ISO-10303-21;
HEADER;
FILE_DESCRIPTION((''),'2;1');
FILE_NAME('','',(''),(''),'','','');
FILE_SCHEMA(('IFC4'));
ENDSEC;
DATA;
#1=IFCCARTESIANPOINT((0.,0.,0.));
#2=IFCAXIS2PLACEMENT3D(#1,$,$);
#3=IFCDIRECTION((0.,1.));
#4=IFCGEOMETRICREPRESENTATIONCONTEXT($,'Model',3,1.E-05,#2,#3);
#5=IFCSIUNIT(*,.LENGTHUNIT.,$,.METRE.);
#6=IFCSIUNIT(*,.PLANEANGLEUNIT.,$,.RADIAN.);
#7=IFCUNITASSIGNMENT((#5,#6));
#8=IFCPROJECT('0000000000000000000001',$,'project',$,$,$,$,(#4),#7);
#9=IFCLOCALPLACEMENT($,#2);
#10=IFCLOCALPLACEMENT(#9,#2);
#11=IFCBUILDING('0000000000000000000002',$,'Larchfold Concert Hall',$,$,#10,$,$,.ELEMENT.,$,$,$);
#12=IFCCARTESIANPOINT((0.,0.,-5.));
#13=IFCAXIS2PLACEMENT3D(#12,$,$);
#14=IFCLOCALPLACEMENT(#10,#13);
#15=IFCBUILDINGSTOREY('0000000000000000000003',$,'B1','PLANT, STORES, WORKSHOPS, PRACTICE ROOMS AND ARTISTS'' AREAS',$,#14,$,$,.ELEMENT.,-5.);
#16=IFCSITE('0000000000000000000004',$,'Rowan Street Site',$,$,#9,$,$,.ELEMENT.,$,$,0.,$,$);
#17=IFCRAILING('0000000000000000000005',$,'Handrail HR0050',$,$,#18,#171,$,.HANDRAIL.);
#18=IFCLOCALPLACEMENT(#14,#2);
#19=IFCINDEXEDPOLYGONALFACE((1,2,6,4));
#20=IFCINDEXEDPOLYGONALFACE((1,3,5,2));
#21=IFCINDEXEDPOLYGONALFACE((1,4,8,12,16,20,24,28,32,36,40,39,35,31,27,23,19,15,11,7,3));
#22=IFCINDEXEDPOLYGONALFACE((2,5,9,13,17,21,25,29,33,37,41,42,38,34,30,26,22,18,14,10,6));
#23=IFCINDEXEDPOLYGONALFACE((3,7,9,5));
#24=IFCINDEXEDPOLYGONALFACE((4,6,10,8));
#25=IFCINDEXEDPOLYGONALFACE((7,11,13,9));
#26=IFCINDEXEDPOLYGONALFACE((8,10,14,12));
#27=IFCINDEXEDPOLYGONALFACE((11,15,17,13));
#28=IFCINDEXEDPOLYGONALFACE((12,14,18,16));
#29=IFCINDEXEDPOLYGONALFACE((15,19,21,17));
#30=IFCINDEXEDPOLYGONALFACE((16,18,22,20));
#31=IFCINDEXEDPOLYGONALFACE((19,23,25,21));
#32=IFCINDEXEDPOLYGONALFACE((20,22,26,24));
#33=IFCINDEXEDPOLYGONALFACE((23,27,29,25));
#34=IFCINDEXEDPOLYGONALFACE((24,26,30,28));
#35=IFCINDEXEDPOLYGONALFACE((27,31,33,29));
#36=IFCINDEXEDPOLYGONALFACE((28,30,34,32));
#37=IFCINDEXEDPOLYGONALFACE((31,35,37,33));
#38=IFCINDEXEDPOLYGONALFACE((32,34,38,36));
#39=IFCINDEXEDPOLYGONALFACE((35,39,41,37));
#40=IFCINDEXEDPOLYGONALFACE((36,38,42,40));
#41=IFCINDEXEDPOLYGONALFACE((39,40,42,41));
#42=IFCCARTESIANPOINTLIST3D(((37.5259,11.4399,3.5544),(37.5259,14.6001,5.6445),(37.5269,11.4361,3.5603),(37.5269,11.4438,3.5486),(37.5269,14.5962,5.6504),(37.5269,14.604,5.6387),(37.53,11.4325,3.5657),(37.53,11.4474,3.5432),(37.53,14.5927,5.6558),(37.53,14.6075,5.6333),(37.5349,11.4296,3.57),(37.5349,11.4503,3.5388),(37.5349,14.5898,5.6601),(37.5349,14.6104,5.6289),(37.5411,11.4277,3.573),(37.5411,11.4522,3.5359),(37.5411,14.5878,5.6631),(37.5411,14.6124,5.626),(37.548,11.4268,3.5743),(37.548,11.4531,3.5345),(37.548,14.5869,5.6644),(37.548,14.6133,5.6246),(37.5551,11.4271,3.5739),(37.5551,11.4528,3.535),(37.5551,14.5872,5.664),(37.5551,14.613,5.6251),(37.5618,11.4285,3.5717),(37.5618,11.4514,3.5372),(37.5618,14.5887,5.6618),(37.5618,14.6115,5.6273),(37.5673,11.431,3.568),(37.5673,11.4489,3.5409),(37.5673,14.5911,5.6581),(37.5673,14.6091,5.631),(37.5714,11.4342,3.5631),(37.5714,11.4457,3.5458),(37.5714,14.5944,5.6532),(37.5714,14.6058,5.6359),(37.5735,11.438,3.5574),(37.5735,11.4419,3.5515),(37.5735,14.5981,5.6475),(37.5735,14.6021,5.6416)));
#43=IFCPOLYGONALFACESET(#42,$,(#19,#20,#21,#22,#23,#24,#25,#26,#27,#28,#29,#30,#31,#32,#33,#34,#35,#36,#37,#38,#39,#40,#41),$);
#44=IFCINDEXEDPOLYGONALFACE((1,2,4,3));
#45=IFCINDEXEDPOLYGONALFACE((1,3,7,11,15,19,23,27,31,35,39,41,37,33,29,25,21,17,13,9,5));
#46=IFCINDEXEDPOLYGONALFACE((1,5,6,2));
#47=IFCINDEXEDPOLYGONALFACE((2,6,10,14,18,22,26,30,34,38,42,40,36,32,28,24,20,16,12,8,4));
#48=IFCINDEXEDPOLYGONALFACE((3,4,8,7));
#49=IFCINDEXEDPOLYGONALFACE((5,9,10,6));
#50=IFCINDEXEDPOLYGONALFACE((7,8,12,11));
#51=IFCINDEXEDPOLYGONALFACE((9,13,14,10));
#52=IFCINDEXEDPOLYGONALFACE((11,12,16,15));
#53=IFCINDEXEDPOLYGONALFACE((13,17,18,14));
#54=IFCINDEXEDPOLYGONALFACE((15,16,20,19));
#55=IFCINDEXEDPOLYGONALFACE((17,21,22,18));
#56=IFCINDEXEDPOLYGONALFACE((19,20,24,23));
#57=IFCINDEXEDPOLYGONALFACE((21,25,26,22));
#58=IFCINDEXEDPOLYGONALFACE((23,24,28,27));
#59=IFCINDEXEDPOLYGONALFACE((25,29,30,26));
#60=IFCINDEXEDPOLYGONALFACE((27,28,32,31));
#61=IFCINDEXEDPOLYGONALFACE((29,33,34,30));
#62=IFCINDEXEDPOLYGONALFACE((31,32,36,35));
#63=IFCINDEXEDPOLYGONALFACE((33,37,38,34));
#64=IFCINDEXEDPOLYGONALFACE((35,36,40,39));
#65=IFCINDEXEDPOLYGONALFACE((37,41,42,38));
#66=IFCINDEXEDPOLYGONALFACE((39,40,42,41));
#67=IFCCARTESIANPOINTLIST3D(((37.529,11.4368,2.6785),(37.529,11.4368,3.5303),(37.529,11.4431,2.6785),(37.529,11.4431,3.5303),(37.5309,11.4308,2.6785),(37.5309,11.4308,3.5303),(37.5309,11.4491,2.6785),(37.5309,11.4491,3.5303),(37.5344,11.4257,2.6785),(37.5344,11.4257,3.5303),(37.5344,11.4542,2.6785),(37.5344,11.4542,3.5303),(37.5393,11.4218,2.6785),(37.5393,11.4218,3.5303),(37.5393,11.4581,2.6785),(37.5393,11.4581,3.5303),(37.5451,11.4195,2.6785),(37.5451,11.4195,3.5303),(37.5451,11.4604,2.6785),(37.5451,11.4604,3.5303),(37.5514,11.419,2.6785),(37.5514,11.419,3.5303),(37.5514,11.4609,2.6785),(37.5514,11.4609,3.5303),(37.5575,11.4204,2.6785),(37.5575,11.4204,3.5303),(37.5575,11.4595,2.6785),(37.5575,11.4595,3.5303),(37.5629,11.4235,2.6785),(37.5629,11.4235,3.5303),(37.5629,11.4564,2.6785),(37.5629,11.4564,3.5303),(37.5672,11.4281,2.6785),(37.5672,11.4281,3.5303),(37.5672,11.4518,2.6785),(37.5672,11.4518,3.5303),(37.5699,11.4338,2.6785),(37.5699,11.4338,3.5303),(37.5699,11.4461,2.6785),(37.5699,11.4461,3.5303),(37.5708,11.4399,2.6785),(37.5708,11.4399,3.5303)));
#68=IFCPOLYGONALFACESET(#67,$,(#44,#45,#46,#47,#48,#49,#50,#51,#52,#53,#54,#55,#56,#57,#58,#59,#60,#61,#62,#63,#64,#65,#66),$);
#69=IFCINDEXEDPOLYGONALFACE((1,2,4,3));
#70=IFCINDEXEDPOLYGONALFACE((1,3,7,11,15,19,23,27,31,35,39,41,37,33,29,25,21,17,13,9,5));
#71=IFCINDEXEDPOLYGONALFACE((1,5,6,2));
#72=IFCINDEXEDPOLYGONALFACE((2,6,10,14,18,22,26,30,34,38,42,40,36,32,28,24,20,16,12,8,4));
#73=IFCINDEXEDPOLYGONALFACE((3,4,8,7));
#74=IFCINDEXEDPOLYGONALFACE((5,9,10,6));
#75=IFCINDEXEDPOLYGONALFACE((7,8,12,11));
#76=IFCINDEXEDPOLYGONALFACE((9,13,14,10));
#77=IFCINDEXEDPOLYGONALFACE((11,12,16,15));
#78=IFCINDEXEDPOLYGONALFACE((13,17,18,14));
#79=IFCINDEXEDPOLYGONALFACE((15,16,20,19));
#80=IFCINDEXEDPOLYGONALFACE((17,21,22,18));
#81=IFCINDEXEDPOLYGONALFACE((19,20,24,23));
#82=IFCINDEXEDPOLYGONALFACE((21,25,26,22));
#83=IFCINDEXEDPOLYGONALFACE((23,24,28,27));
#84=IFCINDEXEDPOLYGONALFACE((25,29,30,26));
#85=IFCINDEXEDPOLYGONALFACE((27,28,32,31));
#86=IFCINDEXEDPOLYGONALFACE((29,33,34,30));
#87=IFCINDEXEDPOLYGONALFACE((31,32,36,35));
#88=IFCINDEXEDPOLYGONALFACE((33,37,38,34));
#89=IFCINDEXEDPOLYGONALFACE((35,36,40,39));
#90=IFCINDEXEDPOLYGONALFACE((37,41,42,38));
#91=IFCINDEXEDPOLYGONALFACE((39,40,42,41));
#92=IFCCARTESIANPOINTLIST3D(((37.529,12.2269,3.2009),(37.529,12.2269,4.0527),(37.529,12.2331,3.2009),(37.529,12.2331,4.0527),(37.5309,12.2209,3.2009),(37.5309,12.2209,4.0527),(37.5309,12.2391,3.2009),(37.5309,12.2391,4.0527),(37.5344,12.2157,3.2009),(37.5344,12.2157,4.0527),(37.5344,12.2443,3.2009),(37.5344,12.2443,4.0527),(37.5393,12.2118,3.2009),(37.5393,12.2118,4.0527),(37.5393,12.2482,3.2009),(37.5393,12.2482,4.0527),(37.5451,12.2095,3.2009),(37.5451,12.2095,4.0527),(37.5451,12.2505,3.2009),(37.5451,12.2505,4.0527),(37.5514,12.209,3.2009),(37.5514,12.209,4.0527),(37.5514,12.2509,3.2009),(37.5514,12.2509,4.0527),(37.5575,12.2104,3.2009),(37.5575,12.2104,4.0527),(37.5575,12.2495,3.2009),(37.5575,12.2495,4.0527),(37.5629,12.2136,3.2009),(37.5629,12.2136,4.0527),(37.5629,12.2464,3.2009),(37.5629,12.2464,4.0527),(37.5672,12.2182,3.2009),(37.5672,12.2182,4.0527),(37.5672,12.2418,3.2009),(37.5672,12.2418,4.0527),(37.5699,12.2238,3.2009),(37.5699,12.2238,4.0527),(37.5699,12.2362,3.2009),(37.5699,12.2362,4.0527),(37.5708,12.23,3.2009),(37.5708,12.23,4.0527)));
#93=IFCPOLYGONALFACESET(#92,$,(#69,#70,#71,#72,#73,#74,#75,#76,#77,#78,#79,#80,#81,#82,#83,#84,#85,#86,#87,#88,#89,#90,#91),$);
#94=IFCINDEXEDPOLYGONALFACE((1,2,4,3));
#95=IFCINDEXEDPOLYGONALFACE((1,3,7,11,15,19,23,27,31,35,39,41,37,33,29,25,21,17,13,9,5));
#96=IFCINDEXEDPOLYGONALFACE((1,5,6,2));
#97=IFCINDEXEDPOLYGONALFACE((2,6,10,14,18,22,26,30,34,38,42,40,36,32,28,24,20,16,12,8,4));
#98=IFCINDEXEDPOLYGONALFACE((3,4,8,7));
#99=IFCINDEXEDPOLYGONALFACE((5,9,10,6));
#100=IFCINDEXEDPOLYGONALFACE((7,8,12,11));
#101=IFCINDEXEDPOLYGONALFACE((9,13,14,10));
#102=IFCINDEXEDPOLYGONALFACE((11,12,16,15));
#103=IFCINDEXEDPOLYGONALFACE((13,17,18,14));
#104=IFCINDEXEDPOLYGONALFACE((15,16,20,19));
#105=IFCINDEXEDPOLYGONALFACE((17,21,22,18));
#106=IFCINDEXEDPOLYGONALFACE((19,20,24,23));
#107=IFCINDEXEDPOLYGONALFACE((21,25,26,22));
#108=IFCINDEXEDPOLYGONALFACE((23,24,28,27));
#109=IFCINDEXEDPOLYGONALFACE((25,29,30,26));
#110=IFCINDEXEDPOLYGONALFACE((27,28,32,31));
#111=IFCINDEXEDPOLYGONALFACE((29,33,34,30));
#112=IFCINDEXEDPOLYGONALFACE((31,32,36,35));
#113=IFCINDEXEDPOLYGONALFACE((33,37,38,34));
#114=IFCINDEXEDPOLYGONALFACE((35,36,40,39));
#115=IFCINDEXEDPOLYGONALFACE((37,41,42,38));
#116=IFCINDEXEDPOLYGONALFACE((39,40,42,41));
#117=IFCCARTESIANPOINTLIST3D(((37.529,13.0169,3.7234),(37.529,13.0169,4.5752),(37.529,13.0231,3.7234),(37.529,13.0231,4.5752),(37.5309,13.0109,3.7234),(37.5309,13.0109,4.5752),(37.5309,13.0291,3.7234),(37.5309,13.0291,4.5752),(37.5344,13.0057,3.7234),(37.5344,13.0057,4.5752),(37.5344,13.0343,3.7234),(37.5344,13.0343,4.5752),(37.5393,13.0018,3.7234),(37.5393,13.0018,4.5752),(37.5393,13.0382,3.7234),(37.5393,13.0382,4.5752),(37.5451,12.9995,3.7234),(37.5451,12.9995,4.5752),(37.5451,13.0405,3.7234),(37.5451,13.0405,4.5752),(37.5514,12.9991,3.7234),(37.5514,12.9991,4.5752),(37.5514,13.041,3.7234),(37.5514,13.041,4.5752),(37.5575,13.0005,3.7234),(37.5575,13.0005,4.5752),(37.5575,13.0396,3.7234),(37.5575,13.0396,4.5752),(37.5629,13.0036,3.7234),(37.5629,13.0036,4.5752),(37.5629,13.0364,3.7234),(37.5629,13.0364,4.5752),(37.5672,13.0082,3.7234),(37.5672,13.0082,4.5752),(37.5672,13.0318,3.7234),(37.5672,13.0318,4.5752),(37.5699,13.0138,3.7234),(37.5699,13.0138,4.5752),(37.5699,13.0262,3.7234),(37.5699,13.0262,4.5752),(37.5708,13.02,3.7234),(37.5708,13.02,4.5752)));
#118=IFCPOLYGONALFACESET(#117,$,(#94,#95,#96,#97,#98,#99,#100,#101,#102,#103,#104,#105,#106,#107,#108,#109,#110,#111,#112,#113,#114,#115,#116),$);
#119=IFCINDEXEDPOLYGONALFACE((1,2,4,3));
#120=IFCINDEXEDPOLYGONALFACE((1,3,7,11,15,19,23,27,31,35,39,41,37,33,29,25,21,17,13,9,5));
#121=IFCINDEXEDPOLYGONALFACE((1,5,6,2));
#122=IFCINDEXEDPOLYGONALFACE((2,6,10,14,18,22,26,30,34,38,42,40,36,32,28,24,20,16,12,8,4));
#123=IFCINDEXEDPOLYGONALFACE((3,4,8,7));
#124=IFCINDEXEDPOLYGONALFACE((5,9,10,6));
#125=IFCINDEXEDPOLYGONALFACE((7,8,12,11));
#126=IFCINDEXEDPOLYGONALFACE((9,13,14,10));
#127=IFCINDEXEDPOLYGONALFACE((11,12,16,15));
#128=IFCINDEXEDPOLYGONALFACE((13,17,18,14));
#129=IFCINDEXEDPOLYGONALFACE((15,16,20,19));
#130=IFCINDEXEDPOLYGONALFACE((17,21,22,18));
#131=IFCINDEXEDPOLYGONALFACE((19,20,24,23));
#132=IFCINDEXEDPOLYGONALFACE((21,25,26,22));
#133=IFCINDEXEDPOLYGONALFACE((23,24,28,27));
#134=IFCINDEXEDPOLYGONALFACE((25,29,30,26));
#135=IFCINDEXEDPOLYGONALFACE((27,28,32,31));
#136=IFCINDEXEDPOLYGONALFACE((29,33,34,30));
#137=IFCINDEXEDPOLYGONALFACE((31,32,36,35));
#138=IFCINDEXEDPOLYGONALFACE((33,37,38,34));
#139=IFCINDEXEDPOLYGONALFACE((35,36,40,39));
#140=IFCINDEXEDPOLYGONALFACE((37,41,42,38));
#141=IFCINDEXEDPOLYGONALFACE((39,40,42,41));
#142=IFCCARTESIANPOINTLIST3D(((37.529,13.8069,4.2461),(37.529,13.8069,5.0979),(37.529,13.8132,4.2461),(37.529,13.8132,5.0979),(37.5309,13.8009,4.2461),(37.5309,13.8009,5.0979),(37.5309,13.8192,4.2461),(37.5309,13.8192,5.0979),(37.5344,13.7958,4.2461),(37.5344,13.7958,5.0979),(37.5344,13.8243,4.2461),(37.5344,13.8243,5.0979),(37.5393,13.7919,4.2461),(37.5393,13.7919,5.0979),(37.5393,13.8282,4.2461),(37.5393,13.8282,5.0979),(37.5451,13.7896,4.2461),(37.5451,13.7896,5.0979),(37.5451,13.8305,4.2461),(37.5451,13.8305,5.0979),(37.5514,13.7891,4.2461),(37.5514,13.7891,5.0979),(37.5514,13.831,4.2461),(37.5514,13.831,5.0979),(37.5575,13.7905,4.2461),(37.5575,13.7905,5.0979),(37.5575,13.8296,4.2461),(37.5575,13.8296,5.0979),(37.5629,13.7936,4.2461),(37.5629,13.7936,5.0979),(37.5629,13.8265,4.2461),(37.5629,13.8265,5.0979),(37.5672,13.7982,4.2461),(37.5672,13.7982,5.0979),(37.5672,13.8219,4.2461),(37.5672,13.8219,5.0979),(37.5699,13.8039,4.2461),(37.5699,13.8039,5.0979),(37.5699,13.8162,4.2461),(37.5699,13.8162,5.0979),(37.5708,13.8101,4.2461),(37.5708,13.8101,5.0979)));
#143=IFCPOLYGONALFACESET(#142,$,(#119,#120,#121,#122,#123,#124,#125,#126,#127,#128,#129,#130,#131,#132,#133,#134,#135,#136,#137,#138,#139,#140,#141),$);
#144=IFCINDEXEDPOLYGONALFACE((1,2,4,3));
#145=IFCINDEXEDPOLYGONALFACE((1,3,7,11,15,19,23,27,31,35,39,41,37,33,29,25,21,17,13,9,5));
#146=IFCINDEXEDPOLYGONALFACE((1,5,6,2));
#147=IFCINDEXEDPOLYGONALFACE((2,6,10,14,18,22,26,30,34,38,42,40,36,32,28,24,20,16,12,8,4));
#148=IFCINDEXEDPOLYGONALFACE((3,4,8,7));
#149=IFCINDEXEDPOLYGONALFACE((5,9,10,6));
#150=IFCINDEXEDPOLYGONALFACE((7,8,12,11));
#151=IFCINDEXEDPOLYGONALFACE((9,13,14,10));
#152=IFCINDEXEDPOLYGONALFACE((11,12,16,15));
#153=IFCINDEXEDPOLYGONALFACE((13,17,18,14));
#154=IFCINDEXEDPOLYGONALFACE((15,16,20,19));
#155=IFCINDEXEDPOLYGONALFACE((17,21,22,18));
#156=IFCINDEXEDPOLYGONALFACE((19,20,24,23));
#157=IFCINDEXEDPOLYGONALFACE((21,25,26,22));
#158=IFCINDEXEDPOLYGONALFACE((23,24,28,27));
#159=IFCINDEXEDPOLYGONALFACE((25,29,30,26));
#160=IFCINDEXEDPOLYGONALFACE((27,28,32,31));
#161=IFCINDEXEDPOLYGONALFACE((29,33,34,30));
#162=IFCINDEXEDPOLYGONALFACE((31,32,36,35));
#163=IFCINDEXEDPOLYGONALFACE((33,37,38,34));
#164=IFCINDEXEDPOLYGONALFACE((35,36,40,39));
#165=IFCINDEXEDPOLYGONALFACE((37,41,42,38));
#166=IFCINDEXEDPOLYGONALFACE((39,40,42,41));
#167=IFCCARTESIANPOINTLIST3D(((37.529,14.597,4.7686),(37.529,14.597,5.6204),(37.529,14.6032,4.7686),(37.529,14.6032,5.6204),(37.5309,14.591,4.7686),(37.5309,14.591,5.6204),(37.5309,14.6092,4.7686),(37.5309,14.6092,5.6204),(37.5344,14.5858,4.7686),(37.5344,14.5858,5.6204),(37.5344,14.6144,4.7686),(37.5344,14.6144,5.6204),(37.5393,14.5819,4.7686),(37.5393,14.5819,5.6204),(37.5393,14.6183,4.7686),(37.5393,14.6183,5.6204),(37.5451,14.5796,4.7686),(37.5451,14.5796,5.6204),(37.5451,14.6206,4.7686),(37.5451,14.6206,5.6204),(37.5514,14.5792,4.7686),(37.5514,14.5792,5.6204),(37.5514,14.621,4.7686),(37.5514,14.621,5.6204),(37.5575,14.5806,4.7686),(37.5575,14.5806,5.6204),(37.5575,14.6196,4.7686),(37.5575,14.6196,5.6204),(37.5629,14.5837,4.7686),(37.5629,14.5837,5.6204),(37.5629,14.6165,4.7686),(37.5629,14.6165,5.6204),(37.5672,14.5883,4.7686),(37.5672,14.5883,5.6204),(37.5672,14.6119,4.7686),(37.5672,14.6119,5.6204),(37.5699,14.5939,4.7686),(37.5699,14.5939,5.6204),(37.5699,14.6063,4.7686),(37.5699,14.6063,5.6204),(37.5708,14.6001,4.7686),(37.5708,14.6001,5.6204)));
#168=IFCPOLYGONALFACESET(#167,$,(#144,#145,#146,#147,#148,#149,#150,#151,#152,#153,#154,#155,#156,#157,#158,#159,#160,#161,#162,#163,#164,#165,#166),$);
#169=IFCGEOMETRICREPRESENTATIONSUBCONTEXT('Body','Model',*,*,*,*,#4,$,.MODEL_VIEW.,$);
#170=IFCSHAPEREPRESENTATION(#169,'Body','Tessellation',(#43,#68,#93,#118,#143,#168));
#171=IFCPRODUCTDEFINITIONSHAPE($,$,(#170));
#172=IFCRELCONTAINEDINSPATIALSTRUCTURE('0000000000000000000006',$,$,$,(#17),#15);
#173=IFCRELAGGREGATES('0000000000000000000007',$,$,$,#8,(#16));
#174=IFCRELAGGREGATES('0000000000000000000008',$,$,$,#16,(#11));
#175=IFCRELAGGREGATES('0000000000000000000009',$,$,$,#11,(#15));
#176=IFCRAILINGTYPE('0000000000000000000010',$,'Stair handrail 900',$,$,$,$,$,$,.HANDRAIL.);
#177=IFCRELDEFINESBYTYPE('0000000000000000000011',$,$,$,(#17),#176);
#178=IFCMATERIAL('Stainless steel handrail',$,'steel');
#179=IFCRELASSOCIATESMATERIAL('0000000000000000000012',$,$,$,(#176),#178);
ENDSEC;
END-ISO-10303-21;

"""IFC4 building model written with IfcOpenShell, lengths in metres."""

from ifc_helpers import new_model, si_unit, direction, frame, origin, origin_2d, place, context, subcontext, project, spatial, circle, extrude, material, type_object, element, save


model = new_model("IFC4")

# Units and contexts
model_context = context("Model", 3, precision=1e-05, world=origin(), true_north=direction((0.0, 1.0)))
body_context = subcontext(model_context, "Body", "Model", "MODEL_VIEW")
ifc_project = project(units=[si_unit("LENGTHUNIT", "METRE"), si_unit("PLANEANGLEUNIT", "RADIAN")], contexts=[model_context])

# Site, building, storey
site_placement = place(None, origin())
site = spatial("IfcSite", under=ifc_project, at=site_placement, Name="Rowan Street Site", CompositionType="ELEMENT", RefElevation=0.0)
building_placement = place(site_placement, origin())
building = spatial("IfcBuilding", under=site, at=building_placement, Name="Larchfold Concert Hall", CompositionType="ELEMENT")
storey_placement = place(building_placement, frame((0.0, 0.0, -5.0)))
storey = spatial("IfcBuildingStorey", under=building, at=storey_placement, Name="B1", Description="PLANT, STORES, WORKSHOPS, PRACTICE ROOMS AND ARTISTS' AREAS", CompositionType="ELEMENT", Elevation=-5.0)

# Railing
ifc_material_1 = material(Name="Stainless steel handrail", Category="steel")
railing_type_1 = type_object("IfcRailingType", Name="Stair handrail 900", PredefinedType="HANDRAIL", material=ifc_material_1)
railing_1_placement = place(storey_placement, frame((37.5498, 11.4399, 2.6785)))
element("IfcRailing", 1, at=railing_1_placement, inside=storey, type_object=railing_type_1, Name="Handrail HR0050", PredefinedType="HANDRAIL", context=body_context, shape_type="SweptSolid", body=[
    extrude(circle(Radius=0.0239, at=origin_2d()), frame((0.0, 0.0, 0.876), z_axis=(0.0, 0.834077, 0.551648), x_axis=(-1.0, 0.0, 0.0)), (0.0, 0.0, 1.0), 3.7888),
    extrude(circle(Radius=0.021, at=origin_2d()), origin(), (0.0, 0.0, 1.0), 0.8518),
    extrude(circle(Radius=0.021, at=origin_2d()), frame((0.0, 0.79, 0.5225)), (0.0, 0.0, 1.0), 0.8518),
    extrude(circle(Radius=0.021, at=origin_2d()), frame((0.0, 1.5801, 1.0449)), (0.0, 0.0, 1.0), 0.8518),
    extrude(circle(Radius=0.021, at=origin_2d()), frame((0.0, 2.3701, 1.5676)), (0.0, 0.0, 1.0), 0.8518),
    extrude(circle(Radius=0.021, at=origin_2d()), frame((0.0, 3.1602, 2.0901)), (0.0, 0.0, 1.0), 0.8518),
])

save(model, "model.ifc")
